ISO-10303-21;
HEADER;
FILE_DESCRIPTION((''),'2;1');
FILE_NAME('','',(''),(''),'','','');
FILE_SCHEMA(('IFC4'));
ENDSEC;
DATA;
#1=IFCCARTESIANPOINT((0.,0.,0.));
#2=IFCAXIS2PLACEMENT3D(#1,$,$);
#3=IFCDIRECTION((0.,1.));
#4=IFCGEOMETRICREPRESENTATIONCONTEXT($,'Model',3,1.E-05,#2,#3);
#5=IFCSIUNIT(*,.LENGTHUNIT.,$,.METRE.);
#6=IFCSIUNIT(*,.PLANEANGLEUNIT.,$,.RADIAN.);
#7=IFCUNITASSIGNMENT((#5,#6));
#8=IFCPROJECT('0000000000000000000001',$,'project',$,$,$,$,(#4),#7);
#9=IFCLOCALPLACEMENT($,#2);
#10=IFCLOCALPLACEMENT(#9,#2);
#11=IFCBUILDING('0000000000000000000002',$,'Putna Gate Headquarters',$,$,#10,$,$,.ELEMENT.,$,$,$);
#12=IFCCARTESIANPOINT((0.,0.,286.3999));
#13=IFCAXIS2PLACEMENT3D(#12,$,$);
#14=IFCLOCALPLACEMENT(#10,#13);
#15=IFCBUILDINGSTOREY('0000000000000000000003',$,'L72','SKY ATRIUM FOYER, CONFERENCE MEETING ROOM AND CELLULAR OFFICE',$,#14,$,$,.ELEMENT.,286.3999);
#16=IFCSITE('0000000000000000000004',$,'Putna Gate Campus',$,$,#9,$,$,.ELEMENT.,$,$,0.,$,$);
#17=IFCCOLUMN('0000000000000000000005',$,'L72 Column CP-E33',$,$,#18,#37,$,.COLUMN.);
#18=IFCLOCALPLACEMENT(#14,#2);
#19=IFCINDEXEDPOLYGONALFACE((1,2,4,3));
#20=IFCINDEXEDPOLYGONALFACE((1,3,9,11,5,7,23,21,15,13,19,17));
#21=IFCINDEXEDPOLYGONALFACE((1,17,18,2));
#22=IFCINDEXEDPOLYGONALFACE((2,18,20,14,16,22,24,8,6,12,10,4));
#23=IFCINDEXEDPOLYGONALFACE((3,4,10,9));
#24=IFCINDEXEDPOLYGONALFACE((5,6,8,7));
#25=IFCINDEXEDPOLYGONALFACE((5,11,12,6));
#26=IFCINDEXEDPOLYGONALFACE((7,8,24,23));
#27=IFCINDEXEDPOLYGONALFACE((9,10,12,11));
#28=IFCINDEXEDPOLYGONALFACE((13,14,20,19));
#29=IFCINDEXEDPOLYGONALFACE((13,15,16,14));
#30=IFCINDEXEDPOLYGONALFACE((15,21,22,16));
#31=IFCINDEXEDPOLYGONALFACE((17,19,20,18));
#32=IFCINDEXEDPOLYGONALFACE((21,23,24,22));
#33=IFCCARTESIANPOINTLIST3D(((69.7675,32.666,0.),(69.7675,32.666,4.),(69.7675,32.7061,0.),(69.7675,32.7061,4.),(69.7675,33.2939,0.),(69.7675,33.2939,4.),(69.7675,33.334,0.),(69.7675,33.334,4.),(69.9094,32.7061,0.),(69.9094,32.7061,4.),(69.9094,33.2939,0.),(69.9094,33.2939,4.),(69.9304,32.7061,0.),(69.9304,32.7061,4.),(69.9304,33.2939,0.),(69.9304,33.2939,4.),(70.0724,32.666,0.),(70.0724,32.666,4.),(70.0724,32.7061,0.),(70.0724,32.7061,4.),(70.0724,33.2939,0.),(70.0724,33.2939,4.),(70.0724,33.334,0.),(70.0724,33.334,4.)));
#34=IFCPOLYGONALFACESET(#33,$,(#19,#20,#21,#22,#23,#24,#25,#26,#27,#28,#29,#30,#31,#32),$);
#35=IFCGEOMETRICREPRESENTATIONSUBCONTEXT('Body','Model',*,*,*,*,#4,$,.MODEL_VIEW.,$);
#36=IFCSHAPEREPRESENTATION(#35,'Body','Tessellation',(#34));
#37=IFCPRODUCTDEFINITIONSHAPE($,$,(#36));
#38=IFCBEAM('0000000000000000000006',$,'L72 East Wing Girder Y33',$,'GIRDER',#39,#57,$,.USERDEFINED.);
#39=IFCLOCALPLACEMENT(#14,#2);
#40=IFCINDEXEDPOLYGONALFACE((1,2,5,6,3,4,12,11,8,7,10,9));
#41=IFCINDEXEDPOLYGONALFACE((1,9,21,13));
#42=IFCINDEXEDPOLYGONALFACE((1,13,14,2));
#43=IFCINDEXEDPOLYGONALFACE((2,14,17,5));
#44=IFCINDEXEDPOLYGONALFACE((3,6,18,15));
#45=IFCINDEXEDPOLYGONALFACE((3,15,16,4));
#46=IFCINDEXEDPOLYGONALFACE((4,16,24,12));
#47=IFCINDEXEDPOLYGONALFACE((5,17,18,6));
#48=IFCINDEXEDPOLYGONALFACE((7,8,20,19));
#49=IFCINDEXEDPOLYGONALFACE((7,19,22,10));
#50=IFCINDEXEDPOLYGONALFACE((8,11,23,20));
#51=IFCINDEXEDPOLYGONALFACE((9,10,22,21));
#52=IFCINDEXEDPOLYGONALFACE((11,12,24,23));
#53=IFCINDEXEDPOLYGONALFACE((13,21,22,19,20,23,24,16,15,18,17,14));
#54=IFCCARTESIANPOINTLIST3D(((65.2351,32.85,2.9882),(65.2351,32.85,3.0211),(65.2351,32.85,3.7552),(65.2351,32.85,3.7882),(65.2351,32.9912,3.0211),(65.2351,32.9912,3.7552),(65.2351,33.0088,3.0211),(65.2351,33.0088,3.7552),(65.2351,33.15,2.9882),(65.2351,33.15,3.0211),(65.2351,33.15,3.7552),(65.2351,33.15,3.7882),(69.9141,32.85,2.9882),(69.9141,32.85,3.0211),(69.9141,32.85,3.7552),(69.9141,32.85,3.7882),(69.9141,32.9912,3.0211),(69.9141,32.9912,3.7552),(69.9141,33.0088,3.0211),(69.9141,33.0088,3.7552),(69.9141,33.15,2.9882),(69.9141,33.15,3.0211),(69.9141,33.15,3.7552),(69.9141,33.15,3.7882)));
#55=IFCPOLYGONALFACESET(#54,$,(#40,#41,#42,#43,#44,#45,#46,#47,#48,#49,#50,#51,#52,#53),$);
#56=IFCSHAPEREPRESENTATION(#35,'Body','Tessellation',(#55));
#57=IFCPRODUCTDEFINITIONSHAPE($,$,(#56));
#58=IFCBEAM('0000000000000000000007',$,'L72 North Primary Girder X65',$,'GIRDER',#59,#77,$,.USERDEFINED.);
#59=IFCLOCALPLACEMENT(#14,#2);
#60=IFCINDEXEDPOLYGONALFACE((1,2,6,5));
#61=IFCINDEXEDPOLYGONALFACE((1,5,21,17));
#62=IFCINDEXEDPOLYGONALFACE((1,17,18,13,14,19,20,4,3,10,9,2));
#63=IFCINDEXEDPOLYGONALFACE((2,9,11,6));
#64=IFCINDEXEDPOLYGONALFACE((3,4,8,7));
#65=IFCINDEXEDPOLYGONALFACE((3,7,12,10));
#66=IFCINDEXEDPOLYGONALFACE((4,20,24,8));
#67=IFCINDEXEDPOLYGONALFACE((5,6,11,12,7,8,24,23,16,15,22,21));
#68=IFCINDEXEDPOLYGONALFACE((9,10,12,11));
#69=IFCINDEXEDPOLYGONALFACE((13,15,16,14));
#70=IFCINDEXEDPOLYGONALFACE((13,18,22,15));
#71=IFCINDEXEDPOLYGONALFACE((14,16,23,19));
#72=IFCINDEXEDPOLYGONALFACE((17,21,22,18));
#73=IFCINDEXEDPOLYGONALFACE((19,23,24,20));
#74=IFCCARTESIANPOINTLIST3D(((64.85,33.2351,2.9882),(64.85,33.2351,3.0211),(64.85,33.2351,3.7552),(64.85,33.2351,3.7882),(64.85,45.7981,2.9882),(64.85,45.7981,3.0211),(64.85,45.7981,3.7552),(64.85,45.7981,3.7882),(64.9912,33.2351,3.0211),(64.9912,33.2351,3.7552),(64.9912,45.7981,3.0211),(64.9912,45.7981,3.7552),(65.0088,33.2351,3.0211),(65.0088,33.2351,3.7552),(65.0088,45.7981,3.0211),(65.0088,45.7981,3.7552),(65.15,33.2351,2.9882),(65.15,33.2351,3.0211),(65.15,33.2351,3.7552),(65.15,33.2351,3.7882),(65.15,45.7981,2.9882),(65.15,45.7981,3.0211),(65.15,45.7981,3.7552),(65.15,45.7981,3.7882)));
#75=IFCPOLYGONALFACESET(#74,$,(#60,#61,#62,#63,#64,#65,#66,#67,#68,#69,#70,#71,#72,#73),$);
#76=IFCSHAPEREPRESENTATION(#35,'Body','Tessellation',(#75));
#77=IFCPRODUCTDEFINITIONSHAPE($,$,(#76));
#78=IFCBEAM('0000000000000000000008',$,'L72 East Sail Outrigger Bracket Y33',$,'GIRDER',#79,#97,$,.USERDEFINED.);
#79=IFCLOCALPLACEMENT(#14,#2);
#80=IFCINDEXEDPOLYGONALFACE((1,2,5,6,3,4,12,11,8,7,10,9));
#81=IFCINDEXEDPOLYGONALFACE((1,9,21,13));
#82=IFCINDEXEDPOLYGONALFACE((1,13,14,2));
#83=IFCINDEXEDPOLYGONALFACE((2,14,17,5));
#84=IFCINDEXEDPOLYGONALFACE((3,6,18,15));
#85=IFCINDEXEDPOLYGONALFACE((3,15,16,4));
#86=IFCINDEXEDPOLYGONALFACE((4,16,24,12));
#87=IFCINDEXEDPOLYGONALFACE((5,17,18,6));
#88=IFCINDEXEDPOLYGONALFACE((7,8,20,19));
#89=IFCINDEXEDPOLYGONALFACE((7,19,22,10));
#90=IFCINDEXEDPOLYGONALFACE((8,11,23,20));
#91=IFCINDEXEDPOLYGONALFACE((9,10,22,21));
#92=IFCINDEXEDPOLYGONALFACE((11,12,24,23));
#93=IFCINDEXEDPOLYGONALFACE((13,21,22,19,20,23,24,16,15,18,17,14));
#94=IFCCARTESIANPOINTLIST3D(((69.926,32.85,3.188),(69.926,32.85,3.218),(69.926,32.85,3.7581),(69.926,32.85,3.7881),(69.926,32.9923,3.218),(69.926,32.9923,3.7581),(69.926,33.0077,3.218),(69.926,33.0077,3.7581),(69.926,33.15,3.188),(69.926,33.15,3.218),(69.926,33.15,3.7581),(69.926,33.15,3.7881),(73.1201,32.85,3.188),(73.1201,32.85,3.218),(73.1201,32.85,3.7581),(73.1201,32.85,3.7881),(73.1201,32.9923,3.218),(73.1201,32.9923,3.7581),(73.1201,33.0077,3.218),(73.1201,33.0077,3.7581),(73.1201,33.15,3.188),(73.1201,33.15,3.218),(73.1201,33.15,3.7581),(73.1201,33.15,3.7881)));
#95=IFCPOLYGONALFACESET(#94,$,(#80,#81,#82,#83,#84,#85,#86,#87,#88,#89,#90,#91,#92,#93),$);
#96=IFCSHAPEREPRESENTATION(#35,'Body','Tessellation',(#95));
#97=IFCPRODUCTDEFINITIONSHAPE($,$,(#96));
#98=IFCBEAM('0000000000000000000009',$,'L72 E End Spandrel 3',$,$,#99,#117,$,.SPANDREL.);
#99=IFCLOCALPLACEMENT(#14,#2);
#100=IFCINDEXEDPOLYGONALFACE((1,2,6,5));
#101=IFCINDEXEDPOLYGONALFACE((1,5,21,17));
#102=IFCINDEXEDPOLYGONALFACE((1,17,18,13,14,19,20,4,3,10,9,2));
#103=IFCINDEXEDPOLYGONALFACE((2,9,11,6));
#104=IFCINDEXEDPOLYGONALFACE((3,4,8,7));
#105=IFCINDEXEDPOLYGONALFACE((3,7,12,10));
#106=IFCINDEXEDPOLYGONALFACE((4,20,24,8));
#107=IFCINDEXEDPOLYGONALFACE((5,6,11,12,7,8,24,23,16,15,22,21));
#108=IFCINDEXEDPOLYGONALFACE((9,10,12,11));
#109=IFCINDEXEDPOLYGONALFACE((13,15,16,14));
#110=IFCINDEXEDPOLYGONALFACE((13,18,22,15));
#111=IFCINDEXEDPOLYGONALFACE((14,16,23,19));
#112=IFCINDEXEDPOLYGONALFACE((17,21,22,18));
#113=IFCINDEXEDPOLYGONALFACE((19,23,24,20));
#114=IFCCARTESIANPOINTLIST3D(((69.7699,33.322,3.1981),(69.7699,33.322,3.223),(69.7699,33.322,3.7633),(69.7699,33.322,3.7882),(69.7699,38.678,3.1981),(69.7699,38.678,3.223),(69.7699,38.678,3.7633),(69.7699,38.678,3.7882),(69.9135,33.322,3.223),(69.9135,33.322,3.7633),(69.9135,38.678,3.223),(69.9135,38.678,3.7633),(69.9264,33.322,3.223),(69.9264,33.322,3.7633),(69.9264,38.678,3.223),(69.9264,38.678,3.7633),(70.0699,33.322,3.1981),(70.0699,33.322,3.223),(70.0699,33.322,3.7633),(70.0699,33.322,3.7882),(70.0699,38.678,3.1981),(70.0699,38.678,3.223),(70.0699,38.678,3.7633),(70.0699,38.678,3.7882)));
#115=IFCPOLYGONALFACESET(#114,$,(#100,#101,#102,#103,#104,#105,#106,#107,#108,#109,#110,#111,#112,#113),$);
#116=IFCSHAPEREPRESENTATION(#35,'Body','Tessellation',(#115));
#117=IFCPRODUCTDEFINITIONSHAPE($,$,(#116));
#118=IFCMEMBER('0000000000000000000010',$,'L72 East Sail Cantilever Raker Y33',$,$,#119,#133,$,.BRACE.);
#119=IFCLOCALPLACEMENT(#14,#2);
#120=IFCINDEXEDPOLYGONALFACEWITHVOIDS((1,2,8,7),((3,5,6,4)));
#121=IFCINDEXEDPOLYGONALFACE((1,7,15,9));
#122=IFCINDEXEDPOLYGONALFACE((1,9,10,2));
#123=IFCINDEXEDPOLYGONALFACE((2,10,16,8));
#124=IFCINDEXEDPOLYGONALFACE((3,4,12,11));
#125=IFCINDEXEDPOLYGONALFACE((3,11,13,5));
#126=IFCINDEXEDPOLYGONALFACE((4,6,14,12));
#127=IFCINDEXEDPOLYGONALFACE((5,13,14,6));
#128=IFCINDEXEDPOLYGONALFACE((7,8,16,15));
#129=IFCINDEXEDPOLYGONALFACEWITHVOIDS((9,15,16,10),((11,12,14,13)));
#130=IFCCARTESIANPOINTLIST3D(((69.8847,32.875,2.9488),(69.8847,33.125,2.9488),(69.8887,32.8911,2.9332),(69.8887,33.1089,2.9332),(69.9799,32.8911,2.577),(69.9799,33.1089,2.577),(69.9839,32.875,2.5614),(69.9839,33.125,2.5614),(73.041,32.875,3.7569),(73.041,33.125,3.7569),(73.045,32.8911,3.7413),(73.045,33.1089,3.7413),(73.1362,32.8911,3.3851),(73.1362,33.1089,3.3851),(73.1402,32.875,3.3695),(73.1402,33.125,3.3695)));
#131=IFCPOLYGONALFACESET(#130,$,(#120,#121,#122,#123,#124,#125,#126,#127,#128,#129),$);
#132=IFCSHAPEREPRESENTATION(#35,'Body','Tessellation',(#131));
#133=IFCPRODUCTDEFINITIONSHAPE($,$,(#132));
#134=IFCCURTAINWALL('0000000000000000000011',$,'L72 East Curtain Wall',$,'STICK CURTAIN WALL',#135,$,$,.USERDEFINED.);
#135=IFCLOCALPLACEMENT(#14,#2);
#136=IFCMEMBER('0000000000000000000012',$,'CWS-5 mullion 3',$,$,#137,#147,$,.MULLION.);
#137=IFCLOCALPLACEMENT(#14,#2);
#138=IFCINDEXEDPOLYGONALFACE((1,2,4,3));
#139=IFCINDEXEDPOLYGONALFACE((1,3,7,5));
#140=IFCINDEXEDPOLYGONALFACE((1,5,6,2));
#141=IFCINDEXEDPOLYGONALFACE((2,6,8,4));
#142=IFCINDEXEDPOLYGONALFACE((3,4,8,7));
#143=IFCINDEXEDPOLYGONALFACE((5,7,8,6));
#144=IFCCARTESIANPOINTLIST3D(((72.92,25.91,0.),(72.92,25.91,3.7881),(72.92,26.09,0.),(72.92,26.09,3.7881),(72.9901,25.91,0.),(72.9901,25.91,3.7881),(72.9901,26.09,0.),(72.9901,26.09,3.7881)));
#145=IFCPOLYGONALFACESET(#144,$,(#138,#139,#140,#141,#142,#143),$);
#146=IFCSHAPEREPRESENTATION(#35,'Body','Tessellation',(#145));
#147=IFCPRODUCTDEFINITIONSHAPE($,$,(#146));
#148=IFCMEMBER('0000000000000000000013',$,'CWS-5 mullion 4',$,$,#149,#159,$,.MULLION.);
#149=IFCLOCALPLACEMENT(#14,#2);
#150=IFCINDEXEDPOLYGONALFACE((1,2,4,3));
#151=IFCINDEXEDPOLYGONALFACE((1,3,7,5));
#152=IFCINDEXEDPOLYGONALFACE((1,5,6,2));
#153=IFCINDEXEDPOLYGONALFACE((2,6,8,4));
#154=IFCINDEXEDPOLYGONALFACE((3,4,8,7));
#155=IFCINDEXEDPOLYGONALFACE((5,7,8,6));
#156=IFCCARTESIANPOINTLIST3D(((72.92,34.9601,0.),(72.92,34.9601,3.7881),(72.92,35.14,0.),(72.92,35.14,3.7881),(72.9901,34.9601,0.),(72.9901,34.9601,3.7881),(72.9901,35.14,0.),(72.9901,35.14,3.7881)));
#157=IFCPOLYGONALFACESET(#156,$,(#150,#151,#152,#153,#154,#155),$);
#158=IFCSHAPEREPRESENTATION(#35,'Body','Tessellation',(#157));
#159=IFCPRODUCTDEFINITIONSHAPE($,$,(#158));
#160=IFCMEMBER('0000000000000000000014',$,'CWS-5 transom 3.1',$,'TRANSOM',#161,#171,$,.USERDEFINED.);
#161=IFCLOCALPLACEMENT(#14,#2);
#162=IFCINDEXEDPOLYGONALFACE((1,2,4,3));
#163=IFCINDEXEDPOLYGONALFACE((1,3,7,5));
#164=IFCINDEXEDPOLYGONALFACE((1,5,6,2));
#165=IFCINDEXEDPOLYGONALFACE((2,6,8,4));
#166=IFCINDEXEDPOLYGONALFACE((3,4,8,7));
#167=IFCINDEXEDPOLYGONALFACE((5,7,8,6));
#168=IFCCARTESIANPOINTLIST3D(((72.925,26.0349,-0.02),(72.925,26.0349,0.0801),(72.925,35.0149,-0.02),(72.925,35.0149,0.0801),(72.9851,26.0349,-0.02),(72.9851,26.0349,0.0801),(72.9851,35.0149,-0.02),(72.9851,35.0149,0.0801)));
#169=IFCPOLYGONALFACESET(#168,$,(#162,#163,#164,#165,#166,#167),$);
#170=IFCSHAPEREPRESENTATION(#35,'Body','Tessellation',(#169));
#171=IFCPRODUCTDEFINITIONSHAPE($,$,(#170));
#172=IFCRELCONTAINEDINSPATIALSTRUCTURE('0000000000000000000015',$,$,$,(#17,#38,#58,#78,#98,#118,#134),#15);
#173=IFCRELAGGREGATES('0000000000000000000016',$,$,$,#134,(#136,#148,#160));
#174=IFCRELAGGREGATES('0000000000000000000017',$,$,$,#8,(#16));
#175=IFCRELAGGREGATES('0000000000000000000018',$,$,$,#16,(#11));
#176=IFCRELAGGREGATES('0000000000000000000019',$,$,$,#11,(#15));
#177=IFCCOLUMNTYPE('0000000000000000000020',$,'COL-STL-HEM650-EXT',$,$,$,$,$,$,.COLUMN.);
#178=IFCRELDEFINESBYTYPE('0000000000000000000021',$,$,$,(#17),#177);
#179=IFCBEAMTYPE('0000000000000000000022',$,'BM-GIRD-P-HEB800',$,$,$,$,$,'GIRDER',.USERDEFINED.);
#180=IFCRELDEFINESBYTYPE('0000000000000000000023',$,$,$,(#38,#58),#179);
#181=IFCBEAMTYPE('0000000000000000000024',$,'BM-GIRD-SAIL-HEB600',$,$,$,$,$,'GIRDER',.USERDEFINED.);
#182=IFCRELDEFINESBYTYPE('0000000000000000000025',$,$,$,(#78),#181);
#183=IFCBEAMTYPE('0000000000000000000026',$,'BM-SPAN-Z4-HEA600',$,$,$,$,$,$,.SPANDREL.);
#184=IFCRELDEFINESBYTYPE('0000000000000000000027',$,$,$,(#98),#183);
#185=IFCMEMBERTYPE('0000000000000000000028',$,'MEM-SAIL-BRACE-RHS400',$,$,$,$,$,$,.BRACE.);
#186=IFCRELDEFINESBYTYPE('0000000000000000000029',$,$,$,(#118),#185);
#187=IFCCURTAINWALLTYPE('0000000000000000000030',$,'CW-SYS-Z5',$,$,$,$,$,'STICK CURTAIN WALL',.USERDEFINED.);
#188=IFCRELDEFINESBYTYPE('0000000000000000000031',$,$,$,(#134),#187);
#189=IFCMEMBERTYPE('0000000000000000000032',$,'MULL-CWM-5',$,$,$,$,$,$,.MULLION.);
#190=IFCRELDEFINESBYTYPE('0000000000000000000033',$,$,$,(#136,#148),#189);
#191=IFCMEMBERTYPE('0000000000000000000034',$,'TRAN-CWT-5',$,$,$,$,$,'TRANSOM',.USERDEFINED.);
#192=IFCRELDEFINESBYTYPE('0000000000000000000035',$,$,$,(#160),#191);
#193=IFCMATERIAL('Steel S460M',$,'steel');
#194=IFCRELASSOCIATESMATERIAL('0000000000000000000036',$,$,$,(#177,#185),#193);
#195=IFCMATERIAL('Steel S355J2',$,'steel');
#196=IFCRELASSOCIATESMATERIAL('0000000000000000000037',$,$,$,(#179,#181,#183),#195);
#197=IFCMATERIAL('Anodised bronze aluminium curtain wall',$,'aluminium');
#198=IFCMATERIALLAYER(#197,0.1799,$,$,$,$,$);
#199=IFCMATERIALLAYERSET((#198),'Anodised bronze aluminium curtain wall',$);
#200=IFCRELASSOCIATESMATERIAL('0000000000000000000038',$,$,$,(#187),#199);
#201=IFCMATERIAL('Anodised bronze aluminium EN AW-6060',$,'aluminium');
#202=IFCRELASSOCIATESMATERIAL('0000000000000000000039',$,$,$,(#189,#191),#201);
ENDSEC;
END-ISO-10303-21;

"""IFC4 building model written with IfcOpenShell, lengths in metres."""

from ifc_helpers import new_model, si_unit, direction, frame, origin, origin_2d, place, context, subcontext, project, spatial, rectangle, hollow_rectangle, i_section, extrude, material, layer, layer_set, material_profile, profile_set, type_object, element, aggregate, save


model = new_model("IFC4")

# Units and contexts
model_context = context("Model", 3, precision=1e-05, world=origin(), true_north=direction((0.0, 1.0)))
body_context = subcontext(model_context, "Body", "Model", "MODEL_VIEW")
ifc_project = project(units=[si_unit("LENGTHUNIT", "METRE"), si_unit("PLANEANGLEUNIT", "RADIAN")], contexts=[model_context])

# Site, building, storey
site_placement = place(None, origin())
site = spatial("IfcSite", under=ifc_project, at=site_placement, Name="Putna Gate Campus", CompositionType="ELEMENT", RefElevation=0.0)
building_placement = place(site_placement, origin())
building = spatial("IfcBuilding", under=site, at=building_placement, Name="Putna Gate Headquarters", CompositionType="ELEMENT")
storey_placement = place(building_placement, frame((0.0, 0.0, 286.3999)))
storey = spatial("IfcBuildingStorey", under=building, at=storey_placement, Name="L72", Description="SKY ATRIUM FOYER, CONFERENCE MEETING ROOM AND CELLULAR OFFICE", CompositionType="ELEMENT", Elevation=286.3999)

# Column
ifc_material_1 = material(Name="Steel S460M", Category="steel")
ifc_material_profile_1 = material_profile(ifc_material_1, i_section(OverallWidth=0.3049, OverallDepth=0.668, WebThickness=0.021, FlangeThickness=0.04, at=origin_2d()), Name="Steel S460M")
ifc_profile_set_1 = profile_set([ifc_material_profile_1], Name="Steel S460M")
column_type = type_object("IfcColumnType", Name="COL-STL-HEM650-EXT", PredefinedType="COLUMN", material=ifc_profile_set_1)
column_placement = place(storey_placement, frame((69.9199, 33.0, 0.0), z_axis=(0.0, 0.0, 1.0), x_axis=(1.0, 0.0, 0.0)))
element("IfcColumn", 1, at=column_placement, inside=storey, type_object=column_type, Name="L72 Column CP-E33", PredefinedType="COLUMN", context=body_context, shape_type="SweptSolid", body=[
    extrude(i_section(OverallWidth=0.3049, OverallDepth=0.668, WebThickness=0.021, FlangeThickness=0.04, at=origin_2d()), origin(), (0.0, 0.0, 1.0), 4.0),
])

# Beams
ifc_material_2 = material(Name="Steel S355J2", Category="steel")
ifc_material_profile_2 = material_profile(ifc_material_2, i_section(OverallWidth=0.3, OverallDepth=0.8, WebThickness=0.0176, FlangeThickness=0.033, at=origin_2d()), Name="Steel S355J2")
ifc_profile_set_2 = profile_set([ifc_material_profile_2], Name="Steel S355J2")
beam_type_1 = type_object("IfcBeamType", Name="BM-GIRD-P-HEB800", ElementType="GIRDER", PredefinedType="USERDEFINED", material=ifc_profile_set_2)
beam_1_placement = place(storey_placement, frame((65.2351, 33.0, 3.3882), z_axis=(1.0, 0.0, 0.0), x_axis=(0.0, 1.0, 0.0)))
element("IfcBeam", 2, at=beam_1_placement, inside=storey, type_object=beam_type_1, Name="L72 East Wing Girder Y33", ObjectType="GIRDER", PredefinedType="USERDEFINED", context=body_context, shape_type="SweptSolid", body=[
    extrude(i_section(OverallWidth=0.3, OverallDepth=0.8, WebThickness=0.0176, FlangeThickness=0.033, at=origin_2d()), origin(), (0.0, 0.0, 1.0), 4.679),
])
beam_2_placement = place(storey_placement, frame((65.0, 33.2351, 3.3882), z_axis=(0.0, 1.0, 0.0), x_axis=(-1.0, 0.0, 0.0)))
element("IfcBeam", 3, at=beam_2_placement, inside=storey, type_object=beam_type_1, Name="L72 North Primary Girder X65", ObjectType="GIRDER", PredefinedType="USERDEFINED", context=body_context, shape_type="SweptSolid", body=[
    extrude(i_section(OverallWidth=0.3, OverallDepth=0.8, WebThickness=0.0176, FlangeThickness=0.033, at=origin_2d()), origin(), (0.0, 0.0, 1.0), 12.563),
])
ifc_material_profile_3 = material_profile(ifc_material_2, i_section(OverallWidth=0.3, OverallDepth=0.6001, WebThickness=0.0154, FlangeThickness=0.03, at=origin_2d()), Name="Steel S355J2")
ifc_profile_set_3 = profile_set([ifc_material_profile_3], Name="Steel S355J2")
beam_type_2 = type_object("IfcBeamType", Name="BM-GIRD-SAIL-HEB600", ElementType="GIRDER", PredefinedType="USERDEFINED", material=ifc_profile_set_3)
beam_3_placement = place(storey_placement, frame((69.926, 33.0, 3.488), z_axis=(1.0, 0.0, 0.0), x_axis=(0.0, 1.0, 0.0)))
element("IfcBeam", 4, at=beam_3_placement, inside=storey, type_object=beam_type_2, Name="L72 East Sail Outrigger Bracket Y33", ObjectType="GIRDER", PredefinedType="USERDEFINED", context=body_context, shape_type="SweptSolid", body=[
    extrude(i_section(OverallWidth=0.3, OverallDepth=0.6001, WebThickness=0.0154, FlangeThickness=0.03, at=origin_2d()), origin(), (0.0, 0.0, 1.0), 3.1941),
])
ifc_material_profile_4 = material_profile(ifc_material_2, i_section(OverallWidth=0.3, OverallDepth=0.5901, WebThickness=0.0129, FlangeThickness=0.0249, at=origin_2d()), Name="Steel S355J2")
ifc_profile_set_4 = profile_set([ifc_material_profile_4], Name="Steel S355J2")
beam_type_3 = type_object("IfcBeamType", Name="BM-SPAN-Z4-HEA600", PredefinedType="SPANDREL", material=ifc_profile_set_4)
beam_4_placement = place(storey_placement, frame((69.9199, 33.322, 3.4932), z_axis=(0.0, 1.0, 0.0), x_axis=(-1.0, 0.0, 0.0)))
element("IfcBeam", 5, at=beam_4_placement, inside=storey, type_object=beam_type_3, Name="L72 E End Spandrel 3", PredefinedType="SPANDREL", context=body_context, shape_type="SweptSolid", body=[
    extrude(i_section(OverallWidth=0.3, OverallDepth=0.5901, WebThickness=0.0129, FlangeThickness=0.0249, at=origin_2d()), origin(), (0.0, 0.0, 1.0), 5.356),
])

# Member
ifc_material_profile_5 = material_profile(ifc_material_1, hollow_rectangle(XDim=0.25, YDim=0.3999, WallThickness=0.0161, at=origin_2d()), Name="Steel S460M")
ifc_profile_set_5 = profile_set([ifc_material_profile_5], Name="Steel S460M")
member_type_1 = type_object("IfcMemberType", Name="MEM-SAIL-BRACE-RHS400", PredefinedType="BRACE", material=ifc_profile_set_5)
member_1_placement = place(storey_placement, frame((69.9343, 33.0, 2.7551), z_axis=(0.968752, 0.0, 0.248033), x_axis=(0.0, 1.0, 0.0)))
element("IfcMember", 6, at=member_1_placement, inside=storey, type_object=member_type_1, Name="L72 East Sail Cantilever Raker Y33", PredefinedType="BRACE", context=body_context, shape_type="SweptSolid", body=[
    extrude(hollow_rectangle(XDim=0.25, YDim=0.3999, WallThickness=0.0161, at=origin_2d()), origin(), (0.0, 0.0, 1.0), 3.2581),
])

# Curtain wall, members
ifc_material_3 = material(Name="Anodised bronze aluminium curtain wall", Category="aluminium")
ifc_layer_1 = layer(ifc_material_3, 0.1799)
ifc_layer_set_1 = layer_set([ifc_layer_1], Name="Anodised bronze aluminium curtain wall")
curtain_wall_type = type_object("IfcCurtainWallType", Name="CW-SYS-Z5", ElementType="STICK CURTAIN WALL", PredefinedType="USERDEFINED", material=ifc_layer_set_1)
curtain_wall_placement = place(storey_placement, origin())
curtain_wall = element("IfcCurtainWall", 7, at=curtain_wall_placement, inside=storey, type_object=curtain_wall_type, Name="L72 East Curtain Wall", ObjectType="STICK CURTAIN WALL", PredefinedType="USERDEFINED")
ifc_material_4 = material(Name="Anodised bronze aluminium EN AW-6060", Category="aluminium")
ifc_material_profile_6 = material_profile(ifc_material_4, rectangle(XDim=0.0701, YDim=0.1799, at=origin_2d()), Name="Anodised bronze aluminium EN AW-6060")
ifc_profile_set_6 = profile_set([ifc_material_profile_6], Name="Anodised bronze aluminium EN AW-6060")
member_type_2 = type_object("IfcMemberType", Name="MULL-CWM-5", PredefinedType="MULLION", material=ifc_profile_set_6)
member_2_placement = place(storey_placement, frame((72.9551, 26.0, 0.0), z_axis=(0.0, 0.0, 1.0), x_axis=(-1.0, 0.0, 0.0)))
member_2 = element("IfcMember", 8, at=member_2_placement, type_object=member_type_2, Name="CWS-5 mullion 3", PredefinedType="MULLION", context=body_context, shape_type="SweptSolid", body=[
    extrude(rectangle(XDim=0.0701, YDim=0.1799, at=origin_2d()), origin(), (0.0, 0.0, 1.0), 3.7881),
])
member_3_placement = place(storey_placement, frame((72.9551, 35.05, 0.0), z_axis=(0.0, 0.0, 1.0), x_axis=(-1.0, 0.0, 0.0)))
member_3 = element("IfcMember", 9, at=member_3_placement, type_object=member_type_2, Name="CWS-5 mullion 4", PredefinedType="MULLION", context=body_context, shape_type="SweptSolid", body=[
    extrude(rectangle(XDim=0.0701, YDim=0.1799, at=origin_2d()), origin(), (0.0, 0.0, 1.0), 3.7881),
])
ifc_material_profile_7 = material_profile(ifc_material_4, rectangle(XDim=0.0601, YDim=0.1001, at=origin_2d()), Name="Anodised bronze aluminium EN AW-6060")
ifc_profile_set_7 = profile_set([ifc_material_profile_7], Name="Anodised bronze aluminium EN AW-6060")
member_type_3 = type_object("IfcMemberType", Name="TRAN-CWT-5", ElementType="TRANSOM", PredefinedType="USERDEFINED", material=ifc_profile_set_7)
member_4_placement = place(storey_placement, frame((72.9551, 26.0349, 0.03), z_axis=(0.0, 1.0, 0.0), x_axis=(-1.0, 0.0, 0.0)))
member_4 = element("IfcMember", 10, at=member_4_placement, type_object=member_type_3, Name="CWS-5 transom 3.1", ObjectType="TRANSOM", PredefinedType="USERDEFINED", context=body_context, shape_type="SweptSolid", body=[
    extrude(rectangle(XDim=0.0601, YDim=0.1001, at=origin_2d()), origin(), (0.0, 0.0, 1.0), 8.98),
])
aggregate(curtain_wall, [member_2, member_3, member_4])

save(model, "model.ifc")
